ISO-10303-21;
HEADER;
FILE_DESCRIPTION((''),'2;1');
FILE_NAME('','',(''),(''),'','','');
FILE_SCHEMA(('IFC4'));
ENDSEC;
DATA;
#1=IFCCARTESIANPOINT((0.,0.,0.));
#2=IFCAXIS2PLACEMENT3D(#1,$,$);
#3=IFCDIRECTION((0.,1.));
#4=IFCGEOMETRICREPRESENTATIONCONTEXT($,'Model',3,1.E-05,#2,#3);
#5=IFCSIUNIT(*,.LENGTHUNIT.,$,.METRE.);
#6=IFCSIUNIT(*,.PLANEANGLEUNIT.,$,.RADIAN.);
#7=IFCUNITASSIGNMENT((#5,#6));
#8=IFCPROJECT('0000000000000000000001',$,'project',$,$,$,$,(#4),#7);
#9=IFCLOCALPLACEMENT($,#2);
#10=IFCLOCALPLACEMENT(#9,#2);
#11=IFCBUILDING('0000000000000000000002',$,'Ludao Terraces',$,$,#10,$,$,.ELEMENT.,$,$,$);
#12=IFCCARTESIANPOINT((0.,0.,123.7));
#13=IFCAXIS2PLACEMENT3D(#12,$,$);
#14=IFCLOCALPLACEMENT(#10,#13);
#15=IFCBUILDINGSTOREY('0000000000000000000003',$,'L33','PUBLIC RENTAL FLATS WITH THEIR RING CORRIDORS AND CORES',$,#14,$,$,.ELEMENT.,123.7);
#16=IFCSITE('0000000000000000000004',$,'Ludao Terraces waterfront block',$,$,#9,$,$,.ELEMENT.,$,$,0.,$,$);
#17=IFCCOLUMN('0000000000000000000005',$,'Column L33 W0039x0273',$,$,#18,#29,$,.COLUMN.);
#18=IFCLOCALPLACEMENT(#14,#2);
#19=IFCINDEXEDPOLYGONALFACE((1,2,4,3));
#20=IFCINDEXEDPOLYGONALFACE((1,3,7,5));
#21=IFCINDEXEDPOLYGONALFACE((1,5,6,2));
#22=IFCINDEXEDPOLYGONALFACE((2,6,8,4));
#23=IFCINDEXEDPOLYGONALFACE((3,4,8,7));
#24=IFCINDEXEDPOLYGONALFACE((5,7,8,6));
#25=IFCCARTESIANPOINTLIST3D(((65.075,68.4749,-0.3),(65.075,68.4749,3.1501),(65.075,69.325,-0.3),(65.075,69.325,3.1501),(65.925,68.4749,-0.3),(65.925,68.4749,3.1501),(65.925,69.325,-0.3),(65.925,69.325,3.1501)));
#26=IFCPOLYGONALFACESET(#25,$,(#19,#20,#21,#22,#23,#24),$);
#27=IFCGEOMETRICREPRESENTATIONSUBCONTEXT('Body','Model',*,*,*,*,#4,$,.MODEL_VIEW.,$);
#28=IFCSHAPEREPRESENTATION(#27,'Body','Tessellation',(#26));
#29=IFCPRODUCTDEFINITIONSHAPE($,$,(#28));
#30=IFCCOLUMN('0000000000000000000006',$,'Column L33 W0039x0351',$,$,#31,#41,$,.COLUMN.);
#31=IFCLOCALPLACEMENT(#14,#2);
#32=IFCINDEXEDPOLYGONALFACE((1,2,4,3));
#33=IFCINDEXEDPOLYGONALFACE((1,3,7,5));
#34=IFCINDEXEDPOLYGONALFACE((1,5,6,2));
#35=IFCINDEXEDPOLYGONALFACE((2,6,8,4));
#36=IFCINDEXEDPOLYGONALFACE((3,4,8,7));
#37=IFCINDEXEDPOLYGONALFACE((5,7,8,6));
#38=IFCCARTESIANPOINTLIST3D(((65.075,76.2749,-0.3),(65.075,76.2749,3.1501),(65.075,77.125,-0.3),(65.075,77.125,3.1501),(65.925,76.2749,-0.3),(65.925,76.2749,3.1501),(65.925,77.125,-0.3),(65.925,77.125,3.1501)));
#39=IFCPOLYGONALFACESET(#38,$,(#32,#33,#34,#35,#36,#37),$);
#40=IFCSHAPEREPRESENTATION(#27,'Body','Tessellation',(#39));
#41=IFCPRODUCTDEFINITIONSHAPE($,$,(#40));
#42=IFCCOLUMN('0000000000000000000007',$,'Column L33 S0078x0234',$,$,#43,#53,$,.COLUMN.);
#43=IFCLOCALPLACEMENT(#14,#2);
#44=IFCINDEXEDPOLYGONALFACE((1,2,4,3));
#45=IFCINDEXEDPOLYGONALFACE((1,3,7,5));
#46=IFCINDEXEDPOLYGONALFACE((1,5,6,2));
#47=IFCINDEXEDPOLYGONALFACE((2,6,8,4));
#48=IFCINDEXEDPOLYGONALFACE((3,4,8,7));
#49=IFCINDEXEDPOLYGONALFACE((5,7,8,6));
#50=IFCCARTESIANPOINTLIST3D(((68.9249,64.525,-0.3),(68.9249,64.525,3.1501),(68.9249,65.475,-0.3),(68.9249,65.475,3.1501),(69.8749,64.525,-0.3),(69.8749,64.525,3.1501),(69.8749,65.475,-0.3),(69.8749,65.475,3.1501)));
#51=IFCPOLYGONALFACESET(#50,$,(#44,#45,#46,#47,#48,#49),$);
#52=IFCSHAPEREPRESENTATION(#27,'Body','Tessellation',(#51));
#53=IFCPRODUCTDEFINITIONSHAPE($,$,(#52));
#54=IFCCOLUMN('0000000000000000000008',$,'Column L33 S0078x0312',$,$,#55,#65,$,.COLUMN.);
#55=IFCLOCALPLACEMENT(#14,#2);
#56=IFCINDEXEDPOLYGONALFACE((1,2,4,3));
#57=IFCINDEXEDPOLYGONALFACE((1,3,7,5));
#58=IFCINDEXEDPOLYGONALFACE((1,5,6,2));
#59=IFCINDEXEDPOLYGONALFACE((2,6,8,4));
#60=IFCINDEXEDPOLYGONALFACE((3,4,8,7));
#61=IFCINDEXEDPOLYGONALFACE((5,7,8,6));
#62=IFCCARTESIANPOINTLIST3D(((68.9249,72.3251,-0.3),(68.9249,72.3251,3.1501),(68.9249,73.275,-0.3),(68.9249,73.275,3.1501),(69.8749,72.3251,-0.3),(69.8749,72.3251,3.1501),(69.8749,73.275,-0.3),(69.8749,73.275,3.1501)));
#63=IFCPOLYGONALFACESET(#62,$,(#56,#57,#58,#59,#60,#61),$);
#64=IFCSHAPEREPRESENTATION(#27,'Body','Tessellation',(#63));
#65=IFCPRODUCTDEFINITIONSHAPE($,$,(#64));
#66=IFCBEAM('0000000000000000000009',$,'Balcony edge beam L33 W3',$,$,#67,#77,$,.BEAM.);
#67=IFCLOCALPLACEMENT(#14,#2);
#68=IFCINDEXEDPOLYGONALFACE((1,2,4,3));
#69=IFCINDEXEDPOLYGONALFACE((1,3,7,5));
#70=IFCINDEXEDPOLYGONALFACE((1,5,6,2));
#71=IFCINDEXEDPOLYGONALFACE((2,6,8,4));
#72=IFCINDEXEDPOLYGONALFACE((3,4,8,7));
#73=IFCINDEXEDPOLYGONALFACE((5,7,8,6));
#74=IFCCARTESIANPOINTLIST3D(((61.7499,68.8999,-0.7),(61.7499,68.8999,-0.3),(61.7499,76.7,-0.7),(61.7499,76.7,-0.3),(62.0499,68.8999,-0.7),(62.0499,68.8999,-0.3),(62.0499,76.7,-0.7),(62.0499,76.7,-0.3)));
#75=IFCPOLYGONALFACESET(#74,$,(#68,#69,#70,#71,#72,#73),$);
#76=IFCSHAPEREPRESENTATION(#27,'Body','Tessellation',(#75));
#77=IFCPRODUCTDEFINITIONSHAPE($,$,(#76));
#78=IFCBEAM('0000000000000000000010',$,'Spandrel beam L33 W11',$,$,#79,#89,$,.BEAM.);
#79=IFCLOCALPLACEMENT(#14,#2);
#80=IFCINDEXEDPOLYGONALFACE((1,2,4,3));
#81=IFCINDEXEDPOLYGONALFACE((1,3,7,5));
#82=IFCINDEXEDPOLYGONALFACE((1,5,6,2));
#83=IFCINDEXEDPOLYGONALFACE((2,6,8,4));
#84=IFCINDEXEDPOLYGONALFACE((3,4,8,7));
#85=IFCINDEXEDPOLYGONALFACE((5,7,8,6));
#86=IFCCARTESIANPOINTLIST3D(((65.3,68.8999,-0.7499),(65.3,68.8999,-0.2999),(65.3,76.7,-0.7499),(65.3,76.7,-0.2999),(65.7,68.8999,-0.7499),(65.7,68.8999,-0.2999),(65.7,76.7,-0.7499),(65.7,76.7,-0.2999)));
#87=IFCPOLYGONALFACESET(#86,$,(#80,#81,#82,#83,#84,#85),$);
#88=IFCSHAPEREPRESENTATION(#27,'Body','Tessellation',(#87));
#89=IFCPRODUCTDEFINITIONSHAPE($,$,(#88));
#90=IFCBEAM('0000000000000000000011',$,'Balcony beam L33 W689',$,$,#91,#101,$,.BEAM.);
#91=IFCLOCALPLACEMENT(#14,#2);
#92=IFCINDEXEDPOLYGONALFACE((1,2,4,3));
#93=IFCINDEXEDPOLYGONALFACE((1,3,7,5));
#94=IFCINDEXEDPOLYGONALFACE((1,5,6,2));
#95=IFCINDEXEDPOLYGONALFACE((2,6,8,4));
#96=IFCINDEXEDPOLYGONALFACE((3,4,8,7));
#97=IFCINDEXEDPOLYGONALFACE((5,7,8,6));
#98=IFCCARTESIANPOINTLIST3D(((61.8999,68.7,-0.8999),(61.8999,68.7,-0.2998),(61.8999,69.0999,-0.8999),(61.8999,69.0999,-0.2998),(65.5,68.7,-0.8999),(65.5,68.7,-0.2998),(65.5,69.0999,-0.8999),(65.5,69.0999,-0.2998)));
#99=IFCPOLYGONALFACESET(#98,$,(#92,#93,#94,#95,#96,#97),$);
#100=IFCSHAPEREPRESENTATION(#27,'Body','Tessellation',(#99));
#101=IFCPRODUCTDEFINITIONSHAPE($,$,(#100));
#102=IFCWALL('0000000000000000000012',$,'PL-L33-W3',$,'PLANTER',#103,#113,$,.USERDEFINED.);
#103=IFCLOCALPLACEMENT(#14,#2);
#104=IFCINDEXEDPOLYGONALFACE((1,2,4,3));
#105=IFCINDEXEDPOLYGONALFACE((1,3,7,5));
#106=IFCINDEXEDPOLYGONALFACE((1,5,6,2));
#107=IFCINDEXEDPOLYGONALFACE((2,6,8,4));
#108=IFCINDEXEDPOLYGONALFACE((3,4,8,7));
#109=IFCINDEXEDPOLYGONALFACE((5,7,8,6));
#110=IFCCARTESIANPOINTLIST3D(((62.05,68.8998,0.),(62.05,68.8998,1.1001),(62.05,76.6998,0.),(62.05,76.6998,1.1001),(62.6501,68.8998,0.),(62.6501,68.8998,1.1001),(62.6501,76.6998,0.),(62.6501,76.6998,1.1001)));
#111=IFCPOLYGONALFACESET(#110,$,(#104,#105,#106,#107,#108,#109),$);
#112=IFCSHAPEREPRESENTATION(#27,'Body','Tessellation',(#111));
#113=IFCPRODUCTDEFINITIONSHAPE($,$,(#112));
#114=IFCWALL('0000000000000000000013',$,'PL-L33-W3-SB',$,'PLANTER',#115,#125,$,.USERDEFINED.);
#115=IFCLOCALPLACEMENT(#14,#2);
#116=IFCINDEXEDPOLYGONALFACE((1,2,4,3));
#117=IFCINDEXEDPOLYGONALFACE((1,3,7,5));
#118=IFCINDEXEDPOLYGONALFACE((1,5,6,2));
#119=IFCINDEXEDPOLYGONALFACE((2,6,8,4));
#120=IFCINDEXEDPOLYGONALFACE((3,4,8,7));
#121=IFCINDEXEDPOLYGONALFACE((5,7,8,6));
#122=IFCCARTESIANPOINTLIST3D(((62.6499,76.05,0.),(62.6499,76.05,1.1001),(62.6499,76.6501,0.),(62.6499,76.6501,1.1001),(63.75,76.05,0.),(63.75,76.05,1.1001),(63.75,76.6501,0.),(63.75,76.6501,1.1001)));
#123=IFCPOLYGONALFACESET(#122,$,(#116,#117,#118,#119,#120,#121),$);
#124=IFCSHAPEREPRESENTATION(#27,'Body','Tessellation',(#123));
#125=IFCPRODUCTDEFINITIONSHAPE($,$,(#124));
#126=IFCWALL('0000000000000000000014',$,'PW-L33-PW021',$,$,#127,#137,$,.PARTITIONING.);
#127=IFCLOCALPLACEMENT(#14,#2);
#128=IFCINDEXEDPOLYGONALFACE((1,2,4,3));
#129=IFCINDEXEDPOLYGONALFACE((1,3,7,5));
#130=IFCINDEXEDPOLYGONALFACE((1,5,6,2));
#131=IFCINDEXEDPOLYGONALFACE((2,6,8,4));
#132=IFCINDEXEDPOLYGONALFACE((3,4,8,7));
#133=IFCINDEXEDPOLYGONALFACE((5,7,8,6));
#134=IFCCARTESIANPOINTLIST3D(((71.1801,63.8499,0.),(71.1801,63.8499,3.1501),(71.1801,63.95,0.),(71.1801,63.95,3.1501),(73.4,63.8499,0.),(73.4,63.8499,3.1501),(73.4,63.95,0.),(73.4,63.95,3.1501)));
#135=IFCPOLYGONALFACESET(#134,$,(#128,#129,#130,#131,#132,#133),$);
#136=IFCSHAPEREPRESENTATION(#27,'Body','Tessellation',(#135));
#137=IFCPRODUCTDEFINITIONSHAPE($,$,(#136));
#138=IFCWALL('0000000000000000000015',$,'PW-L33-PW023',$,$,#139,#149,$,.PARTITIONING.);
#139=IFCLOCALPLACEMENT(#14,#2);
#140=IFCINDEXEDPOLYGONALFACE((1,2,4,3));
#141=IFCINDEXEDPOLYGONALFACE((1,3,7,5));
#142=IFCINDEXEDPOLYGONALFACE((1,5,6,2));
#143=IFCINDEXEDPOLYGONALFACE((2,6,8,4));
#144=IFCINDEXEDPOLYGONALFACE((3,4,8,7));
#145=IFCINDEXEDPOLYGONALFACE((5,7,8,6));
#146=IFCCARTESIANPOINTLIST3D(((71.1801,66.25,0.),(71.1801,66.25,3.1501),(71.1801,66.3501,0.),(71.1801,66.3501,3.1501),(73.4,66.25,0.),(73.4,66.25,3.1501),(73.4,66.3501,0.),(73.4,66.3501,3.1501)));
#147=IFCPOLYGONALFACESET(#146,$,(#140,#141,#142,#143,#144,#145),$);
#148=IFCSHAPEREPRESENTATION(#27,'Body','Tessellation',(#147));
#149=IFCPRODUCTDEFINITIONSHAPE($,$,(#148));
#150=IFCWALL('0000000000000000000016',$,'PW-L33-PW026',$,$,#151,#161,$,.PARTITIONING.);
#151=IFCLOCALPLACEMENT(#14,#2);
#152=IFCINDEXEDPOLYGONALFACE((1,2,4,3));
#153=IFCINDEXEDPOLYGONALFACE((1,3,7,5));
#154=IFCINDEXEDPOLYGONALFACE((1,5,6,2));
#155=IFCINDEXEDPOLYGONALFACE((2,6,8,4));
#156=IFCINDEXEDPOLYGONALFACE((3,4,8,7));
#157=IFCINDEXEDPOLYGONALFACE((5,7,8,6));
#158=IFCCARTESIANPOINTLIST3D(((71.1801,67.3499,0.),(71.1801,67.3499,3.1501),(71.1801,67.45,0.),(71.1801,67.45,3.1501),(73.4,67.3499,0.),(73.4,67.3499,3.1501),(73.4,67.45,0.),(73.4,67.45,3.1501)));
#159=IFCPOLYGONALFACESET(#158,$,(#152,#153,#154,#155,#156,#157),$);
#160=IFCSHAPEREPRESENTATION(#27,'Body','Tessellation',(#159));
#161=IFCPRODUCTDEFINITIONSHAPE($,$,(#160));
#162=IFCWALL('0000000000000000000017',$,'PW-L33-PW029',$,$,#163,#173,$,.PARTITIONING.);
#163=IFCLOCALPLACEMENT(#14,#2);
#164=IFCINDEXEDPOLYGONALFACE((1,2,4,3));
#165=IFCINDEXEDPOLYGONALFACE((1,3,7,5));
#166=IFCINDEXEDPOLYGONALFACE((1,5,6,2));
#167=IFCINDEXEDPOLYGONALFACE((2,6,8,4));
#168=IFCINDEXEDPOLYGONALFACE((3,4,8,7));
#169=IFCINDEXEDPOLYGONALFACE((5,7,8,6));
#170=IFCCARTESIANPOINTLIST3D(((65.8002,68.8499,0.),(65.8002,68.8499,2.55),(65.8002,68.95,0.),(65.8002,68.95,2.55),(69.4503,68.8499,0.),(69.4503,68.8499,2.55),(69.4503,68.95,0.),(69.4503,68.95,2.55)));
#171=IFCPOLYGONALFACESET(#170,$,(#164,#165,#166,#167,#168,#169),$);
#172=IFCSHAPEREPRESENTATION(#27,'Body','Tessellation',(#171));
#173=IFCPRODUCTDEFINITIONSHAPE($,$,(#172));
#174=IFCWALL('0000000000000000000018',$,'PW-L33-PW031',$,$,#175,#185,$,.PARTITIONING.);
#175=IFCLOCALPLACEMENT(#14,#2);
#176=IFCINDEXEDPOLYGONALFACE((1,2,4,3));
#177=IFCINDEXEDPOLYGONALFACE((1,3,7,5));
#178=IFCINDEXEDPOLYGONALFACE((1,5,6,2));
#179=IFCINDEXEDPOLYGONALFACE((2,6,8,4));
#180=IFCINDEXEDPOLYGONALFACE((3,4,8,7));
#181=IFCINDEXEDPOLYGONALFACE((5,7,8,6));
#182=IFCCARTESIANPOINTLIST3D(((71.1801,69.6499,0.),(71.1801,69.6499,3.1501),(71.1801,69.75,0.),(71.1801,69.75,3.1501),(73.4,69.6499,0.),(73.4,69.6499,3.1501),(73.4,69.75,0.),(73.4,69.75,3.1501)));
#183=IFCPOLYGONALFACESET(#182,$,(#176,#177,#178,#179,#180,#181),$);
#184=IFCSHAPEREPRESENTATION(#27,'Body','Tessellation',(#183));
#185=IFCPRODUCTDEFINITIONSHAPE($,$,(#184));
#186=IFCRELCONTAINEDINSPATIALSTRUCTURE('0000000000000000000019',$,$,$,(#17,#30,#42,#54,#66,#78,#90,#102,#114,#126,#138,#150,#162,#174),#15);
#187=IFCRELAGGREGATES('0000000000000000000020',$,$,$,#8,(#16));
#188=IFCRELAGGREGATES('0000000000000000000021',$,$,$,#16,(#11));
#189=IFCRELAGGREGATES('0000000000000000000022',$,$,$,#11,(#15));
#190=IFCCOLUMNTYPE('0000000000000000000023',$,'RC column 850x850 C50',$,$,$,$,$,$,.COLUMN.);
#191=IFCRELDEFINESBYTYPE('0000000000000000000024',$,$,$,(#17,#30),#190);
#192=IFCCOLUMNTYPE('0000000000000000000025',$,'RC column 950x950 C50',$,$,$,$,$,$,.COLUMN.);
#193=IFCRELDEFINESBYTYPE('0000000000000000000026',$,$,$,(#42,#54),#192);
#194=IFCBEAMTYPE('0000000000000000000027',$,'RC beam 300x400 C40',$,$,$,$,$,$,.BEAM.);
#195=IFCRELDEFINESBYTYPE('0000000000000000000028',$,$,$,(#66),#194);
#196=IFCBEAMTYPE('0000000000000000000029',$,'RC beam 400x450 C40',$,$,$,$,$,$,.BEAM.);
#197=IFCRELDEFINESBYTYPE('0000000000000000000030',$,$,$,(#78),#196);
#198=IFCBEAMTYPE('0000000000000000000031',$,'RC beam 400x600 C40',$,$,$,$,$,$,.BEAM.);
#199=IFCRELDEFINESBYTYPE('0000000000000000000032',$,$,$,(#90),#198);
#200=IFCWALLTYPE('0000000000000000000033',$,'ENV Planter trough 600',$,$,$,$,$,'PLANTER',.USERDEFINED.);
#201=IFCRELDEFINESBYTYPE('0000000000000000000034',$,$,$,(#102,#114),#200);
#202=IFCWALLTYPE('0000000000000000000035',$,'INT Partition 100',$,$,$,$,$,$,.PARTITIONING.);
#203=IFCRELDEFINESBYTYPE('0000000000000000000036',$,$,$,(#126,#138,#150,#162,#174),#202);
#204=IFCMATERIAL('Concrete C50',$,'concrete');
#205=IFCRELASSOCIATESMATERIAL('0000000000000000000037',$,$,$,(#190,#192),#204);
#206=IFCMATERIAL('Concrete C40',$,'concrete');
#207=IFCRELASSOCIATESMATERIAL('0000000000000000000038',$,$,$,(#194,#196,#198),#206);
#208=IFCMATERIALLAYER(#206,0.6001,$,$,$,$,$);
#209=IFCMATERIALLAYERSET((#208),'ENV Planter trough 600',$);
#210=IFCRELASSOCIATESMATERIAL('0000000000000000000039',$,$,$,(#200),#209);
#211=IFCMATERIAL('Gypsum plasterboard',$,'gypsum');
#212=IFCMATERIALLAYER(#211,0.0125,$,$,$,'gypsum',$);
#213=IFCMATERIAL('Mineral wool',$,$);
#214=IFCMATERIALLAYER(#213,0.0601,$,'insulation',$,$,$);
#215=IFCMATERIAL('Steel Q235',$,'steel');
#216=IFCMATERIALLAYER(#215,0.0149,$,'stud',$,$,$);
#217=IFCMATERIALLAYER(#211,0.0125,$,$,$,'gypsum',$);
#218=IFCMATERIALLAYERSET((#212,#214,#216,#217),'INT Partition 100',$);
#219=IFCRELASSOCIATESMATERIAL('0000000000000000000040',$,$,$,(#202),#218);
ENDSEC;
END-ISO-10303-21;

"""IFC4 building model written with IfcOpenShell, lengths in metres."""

from ifc_helpers import new_model, si_unit, direction, frame, frame_2d, origin, origin_2d, place, context, subcontext, project, spatial, rectangle, extrude, material, layer, layer_set, material_profile, profile_set, type_object, element, save


model = new_model("IFC4")

# Units and contexts
model_context = context("Model", 3, precision=1e-05, world=origin(), true_north=direction((0.0, 1.0)))
body_context = subcontext(model_context, "Body", "Model", "MODEL_VIEW")
ifc_project = project(units=[si_unit("LENGTHUNIT", "METRE"), si_unit("PLANEANGLEUNIT", "RADIAN")], contexts=[model_context])

# Site, building, storey
site_placement = place(None, origin())
site = spatial("IfcSite", under=ifc_project, at=site_placement, Name="Ludao Terraces waterfront block", CompositionType="ELEMENT", RefElevation=0.0)
building_placement = place(site_placement, origin())
building = spatial("IfcBuilding", under=site, at=building_placement, Name="Ludao Terraces", CompositionType="ELEMENT")
storey_placement = place(building_placement, frame((0.0, 0.0, 123.7)))
storey = spatial("IfcBuildingStorey", under=building, at=storey_placement, Name="L33", Description="PUBLIC RENTAL FLATS WITH THEIR RING CORRIDORS AND CORES", CompositionType="ELEMENT", Elevation=123.7)

# Columns
ifc_material_1 = material(Name="Concrete C50", Category="concrete")
ifc_material_profile_1 = material_profile(ifc_material_1, rectangle(XDim=0.8501, YDim=0.8501, at=origin_2d()), Name="850 X 850")
ifc_profile_set_1 = profile_set([ifc_material_profile_1], Name="Concrete C50")
column_type_1 = type_object("IfcColumnType", Name="RC column 850x850 C50", PredefinedType="COLUMN", material=ifc_profile_set_1)
for number, where, z_axis, x_axis, name in (
    (1, (65.5, 68.8999, -0.3), (0.0, 0.0, 1.0), (1.0, 0.0, 0.0), "Column L33 W0039x0273"),
    (2, (65.5, 76.7, -0.3), (0.0, 0.0, 1.0), (1.0, 0.0, 0.0), "Column L33 W0039x0351"),
):
    element("IfcColumn", number, at=place(storey_placement, frame(where, z_axis=z_axis, x_axis=x_axis)), inside=storey, type_object=column_type_1, Name=name, PredefinedType="COLUMN", context=body_context, shape_type="SweptSolid", body=[
        extrude(rectangle(XDim=0.8501, YDim=0.8501, at=origin_2d()), origin(), (0.0, 0.0, 1.0), 3.4502),
    ])
ifc_material_profile_2 = material_profile(ifc_material_1, rectangle(XDim=0.95, YDim=0.95, at=origin_2d()), Name="950 X 950")
ifc_profile_set_2 = profile_set([ifc_material_profile_2], Name="Concrete C50")
column_type_2 = type_object("IfcColumnType", Name="RC column 950x950 C50", PredefinedType="COLUMN", material=ifc_profile_set_2)
for number, where, z_axis, x_axis, name in (
    (3, (69.3999, 65.0, -0.3), (0.0, 0.0, 1.0), (1.0, 0.0, 0.0), "Column L33 S0078x0234"),
    (4, (69.3999, 72.8, -0.3), (0.0, 0.0, 1.0), (1.0, 0.0, 0.0), "Column L33 S0078x0312"),
):
    element("IfcColumn", number, at=place(storey_placement, frame(where, z_axis=z_axis, x_axis=x_axis)), inside=storey, type_object=column_type_2, Name=name, PredefinedType="COLUMN", context=body_context, shape_type="SweptSolid", body=[
        extrude(rectangle(XDim=0.95, YDim=0.95, at=origin_2d()), origin(), (0.0, 0.0, 1.0), 3.4502),
    ])

# Beams
ifc_material_2 = material(Name="Concrete C40", Category="concrete")
ifc_material_profile_3 = material_profile(ifc_material_2, rectangle(XDim=0.3, YDim=0.3999, at=origin_2d()), Name="300 X 400")
ifc_profile_set_3 = profile_set([ifc_material_profile_3], Name="Concrete C40")
beam_type_1 = type_object("IfcBeamType", Name="RC beam 300x400 C40", PredefinedType="BEAM", material=ifc_profile_set_3)
beam_1_placement = place(storey_placement, frame((61.8999, 68.8999, -0.5), z_axis=(0.0, 1.0, 0.0), x_axis=(-1.0, 0.0, 0.0)))
element("IfcBeam", 5, at=beam_1_placement, inside=storey, type_object=beam_type_1, Name="Balcony edge beam L33 W3", PredefinedType="BEAM", context=body_context, shape_type="SweptSolid", body=[
    extrude(rectangle(XDim=0.3, YDim=0.3999, at=origin_2d()), origin(), (0.0, 0.0, 1.0), 7.8),
])
ifc_material_profile_4 = material_profile(ifc_material_2, rectangle(XDim=0.3999, YDim=0.45, at=origin_2d()), Name="400 X 450")
ifc_profile_set_4 = profile_set([ifc_material_profile_4], Name="Concrete C40")
beam_type_2 = type_object("IfcBeamType", Name="RC beam 400x450 C40", PredefinedType="BEAM", material=ifc_profile_set_4)
beam_2_placement = place(storey_placement, frame((65.5, 68.8999, -0.5249), z_axis=(0.0, 1.0, 0.0), x_axis=(-1.0, 0.0, 0.0)))
element("IfcBeam", 6, at=beam_2_placement, inside=storey, type_object=beam_type_2, Name="Spandrel beam L33 W11", PredefinedType="BEAM", context=body_context, shape_type="SweptSolid", body=[
    extrude(rectangle(XDim=0.3999, YDim=0.45, at=origin_2d()), origin(), (0.0, 0.0, 1.0), 7.8),
])
ifc_material_profile_5 = material_profile(ifc_material_2, rectangle(XDim=0.3999, YDim=0.6001, at=origin_2d()), Name="400 X 600")
ifc_profile_set_5 = profile_set([ifc_material_profile_5], Name="Concrete C40")
beam_type_3 = type_object("IfcBeamType", Name="RC beam 400x600 C40", PredefinedType="BEAM", material=ifc_profile_set_5)
beam_3_placement = place(storey_placement, frame((65.5, 68.8999, -0.5999), z_axis=(-1.0, 0.0, 0.0), x_axis=(0.0, -1.0, 0.0)))
element("IfcBeam", 7, at=beam_3_placement, inside=storey, type_object=beam_type_3, Name="Balcony beam L33 W689", PredefinedType="BEAM", context=body_context, shape_type="SweptSolid", body=[
    extrude(rectangle(XDim=0.3999, YDim=0.6001, at=origin_2d()), origin(), (0.0, 0.0, 1.0), 3.6001),
])

# Walls
ifc_layer_1 = layer(ifc_material_2, 0.6001)
ifc_layer_set_1 = layer_set([ifc_layer_1], Name="ENV Planter trough 600")
wall_type_1 = type_object("IfcWallType", Name="ENV Planter trough 600", ElementType="PLANTER", PredefinedType="USERDEFINED", material=ifc_layer_set_1)
wall_1_placement = place(storey_placement, frame((62.3501, 68.8999, 0.0), z_axis=(0.0, 0.0, 1.0), x_axis=(0.0, 1.0, 0.0)))
element("IfcWall", 8, at=wall_1_placement, inside=storey, type_object=wall_type_1, Name="PL-L33-W3", ObjectType="PLANTER", PredefinedType="USERDEFINED", context=body_context, shape_type="SweptSolid", body=[
    extrude(rectangle(XDim=7.8, YDim=0.6001, at=frame_2d((3.8999, 0.0))), origin(), (0.0, 0.0, 1.0), 1.1001),
])
wall_2_placement = place(storey_placement, frame((62.6499, 76.3501, 0.0), z_axis=(0.0, 0.0, 1.0), x_axis=(1.0, 0.0, 0.0)))
element("IfcWall", 9, at=wall_2_placement, inside=storey, type_object=wall_type_1, Name="PL-L33-W3-SB", ObjectType="PLANTER", PredefinedType="USERDEFINED", context=body_context, shape_type="SweptSolid", body=[
    extrude(rectangle(XDim=1.1001, YDim=0.6001, at=frame_2d((0.55, 0.0))), origin(), (0.0, 0.0, 1.0), 1.1001),
])

# Shared definitions
ifc_material_3 = material(Name="Mineral wool")

# Walls
ifc_material_4 = material(Name="Gypsum plasterboard", Category="gypsum")
ifc_layer_2 = layer(ifc_material_4, 0.0125, Category="gypsum")
ifc_layer_3 = layer(ifc_material_3, 0.0601, Name="insulation")
ifc_material_5 = material(Name="Steel Q235", Category="steel")
ifc_layer_4 = layer(ifc_material_5, 0.0149, Name="stud")
ifc_layer_5 = layer(ifc_material_4, 0.0125, Category="gypsum")
ifc_layer_set_2 = layer_set([ifc_layer_2, ifc_layer_3, ifc_layer_4, ifc_layer_5], Name="INT Partition 100")
wall_type_2 = type_object("IfcWallType", Name="INT Partition 100", PredefinedType="PARTITIONING", material=ifc_layer_set_2)
for number, where, z_axis, x_axis, name in (
    (10, (71.1802, 63.8999, 0.0), (0.0, 0.0, 1.0), (1.0, 0.0, 0.0), "PW-L33-PW021"),
    (11, (71.1802, 66.3, 0.0), (0.0, 0.0, 1.0), (1.0, 0.0, 0.0), "PW-L33-PW023"),
    (12, (71.1802, 67.3999, 0.0), (0.0, 0.0, 1.0), (1.0, 0.0, 0.0), "PW-L33-PW026"),
):
    element("IfcWall", number, at=place(storey_placement, frame(where, z_axis=z_axis, x_axis=x_axis)), inside=storey, type_object=wall_type_2, Name=name, PredefinedType="PARTITIONING", context=body_context, shape_type="SweptSolid", body=[
        extrude(rectangle(XDim=2.22, YDim=0.1001, at=frame_2d((1.1099, 0.0))), origin(), (0.0, 0.0, 1.0), 3.1501),
    ])
wall_3_placement = place(storey_placement, frame((65.8, 68.8999, 0.0), z_axis=(0.0, 0.0, 1.0), x_axis=(1.0, 0.0, 0.0)))
element("IfcWall", 13, at=wall_3_placement, inside=storey, type_object=wall_type_2, Name="PW-L33-PW029", PredefinedType="PARTITIONING", context=body_context, shape_type="SweptSolid", body=[
    extrude(rectangle(XDim=3.6501, YDim=0.1001, at=frame_2d((1.8252, 0.0))), origin(), (0.0, 0.0, 1.0), 2.55),
])
wall_4_placement = place(storey_placement, frame((71.1802, 69.7, 0.0), z_axis=(0.0, 0.0, 1.0), x_axis=(1.0, 0.0, 0.0)))
element("IfcWall", 14, at=wall_4_placement, inside=storey, type_object=wall_type_2, Name="PW-L33-PW031", PredefinedType="PARTITIONING", context=body_context, shape_type="SweptSolid", body=[
    extrude(rectangle(XDim=2.22, YDim=0.1001, at=frame_2d((1.1099, 0.0))), origin(), (0.0, 0.0, 1.0), 3.1501),
])

save(model, "model.ifc")
